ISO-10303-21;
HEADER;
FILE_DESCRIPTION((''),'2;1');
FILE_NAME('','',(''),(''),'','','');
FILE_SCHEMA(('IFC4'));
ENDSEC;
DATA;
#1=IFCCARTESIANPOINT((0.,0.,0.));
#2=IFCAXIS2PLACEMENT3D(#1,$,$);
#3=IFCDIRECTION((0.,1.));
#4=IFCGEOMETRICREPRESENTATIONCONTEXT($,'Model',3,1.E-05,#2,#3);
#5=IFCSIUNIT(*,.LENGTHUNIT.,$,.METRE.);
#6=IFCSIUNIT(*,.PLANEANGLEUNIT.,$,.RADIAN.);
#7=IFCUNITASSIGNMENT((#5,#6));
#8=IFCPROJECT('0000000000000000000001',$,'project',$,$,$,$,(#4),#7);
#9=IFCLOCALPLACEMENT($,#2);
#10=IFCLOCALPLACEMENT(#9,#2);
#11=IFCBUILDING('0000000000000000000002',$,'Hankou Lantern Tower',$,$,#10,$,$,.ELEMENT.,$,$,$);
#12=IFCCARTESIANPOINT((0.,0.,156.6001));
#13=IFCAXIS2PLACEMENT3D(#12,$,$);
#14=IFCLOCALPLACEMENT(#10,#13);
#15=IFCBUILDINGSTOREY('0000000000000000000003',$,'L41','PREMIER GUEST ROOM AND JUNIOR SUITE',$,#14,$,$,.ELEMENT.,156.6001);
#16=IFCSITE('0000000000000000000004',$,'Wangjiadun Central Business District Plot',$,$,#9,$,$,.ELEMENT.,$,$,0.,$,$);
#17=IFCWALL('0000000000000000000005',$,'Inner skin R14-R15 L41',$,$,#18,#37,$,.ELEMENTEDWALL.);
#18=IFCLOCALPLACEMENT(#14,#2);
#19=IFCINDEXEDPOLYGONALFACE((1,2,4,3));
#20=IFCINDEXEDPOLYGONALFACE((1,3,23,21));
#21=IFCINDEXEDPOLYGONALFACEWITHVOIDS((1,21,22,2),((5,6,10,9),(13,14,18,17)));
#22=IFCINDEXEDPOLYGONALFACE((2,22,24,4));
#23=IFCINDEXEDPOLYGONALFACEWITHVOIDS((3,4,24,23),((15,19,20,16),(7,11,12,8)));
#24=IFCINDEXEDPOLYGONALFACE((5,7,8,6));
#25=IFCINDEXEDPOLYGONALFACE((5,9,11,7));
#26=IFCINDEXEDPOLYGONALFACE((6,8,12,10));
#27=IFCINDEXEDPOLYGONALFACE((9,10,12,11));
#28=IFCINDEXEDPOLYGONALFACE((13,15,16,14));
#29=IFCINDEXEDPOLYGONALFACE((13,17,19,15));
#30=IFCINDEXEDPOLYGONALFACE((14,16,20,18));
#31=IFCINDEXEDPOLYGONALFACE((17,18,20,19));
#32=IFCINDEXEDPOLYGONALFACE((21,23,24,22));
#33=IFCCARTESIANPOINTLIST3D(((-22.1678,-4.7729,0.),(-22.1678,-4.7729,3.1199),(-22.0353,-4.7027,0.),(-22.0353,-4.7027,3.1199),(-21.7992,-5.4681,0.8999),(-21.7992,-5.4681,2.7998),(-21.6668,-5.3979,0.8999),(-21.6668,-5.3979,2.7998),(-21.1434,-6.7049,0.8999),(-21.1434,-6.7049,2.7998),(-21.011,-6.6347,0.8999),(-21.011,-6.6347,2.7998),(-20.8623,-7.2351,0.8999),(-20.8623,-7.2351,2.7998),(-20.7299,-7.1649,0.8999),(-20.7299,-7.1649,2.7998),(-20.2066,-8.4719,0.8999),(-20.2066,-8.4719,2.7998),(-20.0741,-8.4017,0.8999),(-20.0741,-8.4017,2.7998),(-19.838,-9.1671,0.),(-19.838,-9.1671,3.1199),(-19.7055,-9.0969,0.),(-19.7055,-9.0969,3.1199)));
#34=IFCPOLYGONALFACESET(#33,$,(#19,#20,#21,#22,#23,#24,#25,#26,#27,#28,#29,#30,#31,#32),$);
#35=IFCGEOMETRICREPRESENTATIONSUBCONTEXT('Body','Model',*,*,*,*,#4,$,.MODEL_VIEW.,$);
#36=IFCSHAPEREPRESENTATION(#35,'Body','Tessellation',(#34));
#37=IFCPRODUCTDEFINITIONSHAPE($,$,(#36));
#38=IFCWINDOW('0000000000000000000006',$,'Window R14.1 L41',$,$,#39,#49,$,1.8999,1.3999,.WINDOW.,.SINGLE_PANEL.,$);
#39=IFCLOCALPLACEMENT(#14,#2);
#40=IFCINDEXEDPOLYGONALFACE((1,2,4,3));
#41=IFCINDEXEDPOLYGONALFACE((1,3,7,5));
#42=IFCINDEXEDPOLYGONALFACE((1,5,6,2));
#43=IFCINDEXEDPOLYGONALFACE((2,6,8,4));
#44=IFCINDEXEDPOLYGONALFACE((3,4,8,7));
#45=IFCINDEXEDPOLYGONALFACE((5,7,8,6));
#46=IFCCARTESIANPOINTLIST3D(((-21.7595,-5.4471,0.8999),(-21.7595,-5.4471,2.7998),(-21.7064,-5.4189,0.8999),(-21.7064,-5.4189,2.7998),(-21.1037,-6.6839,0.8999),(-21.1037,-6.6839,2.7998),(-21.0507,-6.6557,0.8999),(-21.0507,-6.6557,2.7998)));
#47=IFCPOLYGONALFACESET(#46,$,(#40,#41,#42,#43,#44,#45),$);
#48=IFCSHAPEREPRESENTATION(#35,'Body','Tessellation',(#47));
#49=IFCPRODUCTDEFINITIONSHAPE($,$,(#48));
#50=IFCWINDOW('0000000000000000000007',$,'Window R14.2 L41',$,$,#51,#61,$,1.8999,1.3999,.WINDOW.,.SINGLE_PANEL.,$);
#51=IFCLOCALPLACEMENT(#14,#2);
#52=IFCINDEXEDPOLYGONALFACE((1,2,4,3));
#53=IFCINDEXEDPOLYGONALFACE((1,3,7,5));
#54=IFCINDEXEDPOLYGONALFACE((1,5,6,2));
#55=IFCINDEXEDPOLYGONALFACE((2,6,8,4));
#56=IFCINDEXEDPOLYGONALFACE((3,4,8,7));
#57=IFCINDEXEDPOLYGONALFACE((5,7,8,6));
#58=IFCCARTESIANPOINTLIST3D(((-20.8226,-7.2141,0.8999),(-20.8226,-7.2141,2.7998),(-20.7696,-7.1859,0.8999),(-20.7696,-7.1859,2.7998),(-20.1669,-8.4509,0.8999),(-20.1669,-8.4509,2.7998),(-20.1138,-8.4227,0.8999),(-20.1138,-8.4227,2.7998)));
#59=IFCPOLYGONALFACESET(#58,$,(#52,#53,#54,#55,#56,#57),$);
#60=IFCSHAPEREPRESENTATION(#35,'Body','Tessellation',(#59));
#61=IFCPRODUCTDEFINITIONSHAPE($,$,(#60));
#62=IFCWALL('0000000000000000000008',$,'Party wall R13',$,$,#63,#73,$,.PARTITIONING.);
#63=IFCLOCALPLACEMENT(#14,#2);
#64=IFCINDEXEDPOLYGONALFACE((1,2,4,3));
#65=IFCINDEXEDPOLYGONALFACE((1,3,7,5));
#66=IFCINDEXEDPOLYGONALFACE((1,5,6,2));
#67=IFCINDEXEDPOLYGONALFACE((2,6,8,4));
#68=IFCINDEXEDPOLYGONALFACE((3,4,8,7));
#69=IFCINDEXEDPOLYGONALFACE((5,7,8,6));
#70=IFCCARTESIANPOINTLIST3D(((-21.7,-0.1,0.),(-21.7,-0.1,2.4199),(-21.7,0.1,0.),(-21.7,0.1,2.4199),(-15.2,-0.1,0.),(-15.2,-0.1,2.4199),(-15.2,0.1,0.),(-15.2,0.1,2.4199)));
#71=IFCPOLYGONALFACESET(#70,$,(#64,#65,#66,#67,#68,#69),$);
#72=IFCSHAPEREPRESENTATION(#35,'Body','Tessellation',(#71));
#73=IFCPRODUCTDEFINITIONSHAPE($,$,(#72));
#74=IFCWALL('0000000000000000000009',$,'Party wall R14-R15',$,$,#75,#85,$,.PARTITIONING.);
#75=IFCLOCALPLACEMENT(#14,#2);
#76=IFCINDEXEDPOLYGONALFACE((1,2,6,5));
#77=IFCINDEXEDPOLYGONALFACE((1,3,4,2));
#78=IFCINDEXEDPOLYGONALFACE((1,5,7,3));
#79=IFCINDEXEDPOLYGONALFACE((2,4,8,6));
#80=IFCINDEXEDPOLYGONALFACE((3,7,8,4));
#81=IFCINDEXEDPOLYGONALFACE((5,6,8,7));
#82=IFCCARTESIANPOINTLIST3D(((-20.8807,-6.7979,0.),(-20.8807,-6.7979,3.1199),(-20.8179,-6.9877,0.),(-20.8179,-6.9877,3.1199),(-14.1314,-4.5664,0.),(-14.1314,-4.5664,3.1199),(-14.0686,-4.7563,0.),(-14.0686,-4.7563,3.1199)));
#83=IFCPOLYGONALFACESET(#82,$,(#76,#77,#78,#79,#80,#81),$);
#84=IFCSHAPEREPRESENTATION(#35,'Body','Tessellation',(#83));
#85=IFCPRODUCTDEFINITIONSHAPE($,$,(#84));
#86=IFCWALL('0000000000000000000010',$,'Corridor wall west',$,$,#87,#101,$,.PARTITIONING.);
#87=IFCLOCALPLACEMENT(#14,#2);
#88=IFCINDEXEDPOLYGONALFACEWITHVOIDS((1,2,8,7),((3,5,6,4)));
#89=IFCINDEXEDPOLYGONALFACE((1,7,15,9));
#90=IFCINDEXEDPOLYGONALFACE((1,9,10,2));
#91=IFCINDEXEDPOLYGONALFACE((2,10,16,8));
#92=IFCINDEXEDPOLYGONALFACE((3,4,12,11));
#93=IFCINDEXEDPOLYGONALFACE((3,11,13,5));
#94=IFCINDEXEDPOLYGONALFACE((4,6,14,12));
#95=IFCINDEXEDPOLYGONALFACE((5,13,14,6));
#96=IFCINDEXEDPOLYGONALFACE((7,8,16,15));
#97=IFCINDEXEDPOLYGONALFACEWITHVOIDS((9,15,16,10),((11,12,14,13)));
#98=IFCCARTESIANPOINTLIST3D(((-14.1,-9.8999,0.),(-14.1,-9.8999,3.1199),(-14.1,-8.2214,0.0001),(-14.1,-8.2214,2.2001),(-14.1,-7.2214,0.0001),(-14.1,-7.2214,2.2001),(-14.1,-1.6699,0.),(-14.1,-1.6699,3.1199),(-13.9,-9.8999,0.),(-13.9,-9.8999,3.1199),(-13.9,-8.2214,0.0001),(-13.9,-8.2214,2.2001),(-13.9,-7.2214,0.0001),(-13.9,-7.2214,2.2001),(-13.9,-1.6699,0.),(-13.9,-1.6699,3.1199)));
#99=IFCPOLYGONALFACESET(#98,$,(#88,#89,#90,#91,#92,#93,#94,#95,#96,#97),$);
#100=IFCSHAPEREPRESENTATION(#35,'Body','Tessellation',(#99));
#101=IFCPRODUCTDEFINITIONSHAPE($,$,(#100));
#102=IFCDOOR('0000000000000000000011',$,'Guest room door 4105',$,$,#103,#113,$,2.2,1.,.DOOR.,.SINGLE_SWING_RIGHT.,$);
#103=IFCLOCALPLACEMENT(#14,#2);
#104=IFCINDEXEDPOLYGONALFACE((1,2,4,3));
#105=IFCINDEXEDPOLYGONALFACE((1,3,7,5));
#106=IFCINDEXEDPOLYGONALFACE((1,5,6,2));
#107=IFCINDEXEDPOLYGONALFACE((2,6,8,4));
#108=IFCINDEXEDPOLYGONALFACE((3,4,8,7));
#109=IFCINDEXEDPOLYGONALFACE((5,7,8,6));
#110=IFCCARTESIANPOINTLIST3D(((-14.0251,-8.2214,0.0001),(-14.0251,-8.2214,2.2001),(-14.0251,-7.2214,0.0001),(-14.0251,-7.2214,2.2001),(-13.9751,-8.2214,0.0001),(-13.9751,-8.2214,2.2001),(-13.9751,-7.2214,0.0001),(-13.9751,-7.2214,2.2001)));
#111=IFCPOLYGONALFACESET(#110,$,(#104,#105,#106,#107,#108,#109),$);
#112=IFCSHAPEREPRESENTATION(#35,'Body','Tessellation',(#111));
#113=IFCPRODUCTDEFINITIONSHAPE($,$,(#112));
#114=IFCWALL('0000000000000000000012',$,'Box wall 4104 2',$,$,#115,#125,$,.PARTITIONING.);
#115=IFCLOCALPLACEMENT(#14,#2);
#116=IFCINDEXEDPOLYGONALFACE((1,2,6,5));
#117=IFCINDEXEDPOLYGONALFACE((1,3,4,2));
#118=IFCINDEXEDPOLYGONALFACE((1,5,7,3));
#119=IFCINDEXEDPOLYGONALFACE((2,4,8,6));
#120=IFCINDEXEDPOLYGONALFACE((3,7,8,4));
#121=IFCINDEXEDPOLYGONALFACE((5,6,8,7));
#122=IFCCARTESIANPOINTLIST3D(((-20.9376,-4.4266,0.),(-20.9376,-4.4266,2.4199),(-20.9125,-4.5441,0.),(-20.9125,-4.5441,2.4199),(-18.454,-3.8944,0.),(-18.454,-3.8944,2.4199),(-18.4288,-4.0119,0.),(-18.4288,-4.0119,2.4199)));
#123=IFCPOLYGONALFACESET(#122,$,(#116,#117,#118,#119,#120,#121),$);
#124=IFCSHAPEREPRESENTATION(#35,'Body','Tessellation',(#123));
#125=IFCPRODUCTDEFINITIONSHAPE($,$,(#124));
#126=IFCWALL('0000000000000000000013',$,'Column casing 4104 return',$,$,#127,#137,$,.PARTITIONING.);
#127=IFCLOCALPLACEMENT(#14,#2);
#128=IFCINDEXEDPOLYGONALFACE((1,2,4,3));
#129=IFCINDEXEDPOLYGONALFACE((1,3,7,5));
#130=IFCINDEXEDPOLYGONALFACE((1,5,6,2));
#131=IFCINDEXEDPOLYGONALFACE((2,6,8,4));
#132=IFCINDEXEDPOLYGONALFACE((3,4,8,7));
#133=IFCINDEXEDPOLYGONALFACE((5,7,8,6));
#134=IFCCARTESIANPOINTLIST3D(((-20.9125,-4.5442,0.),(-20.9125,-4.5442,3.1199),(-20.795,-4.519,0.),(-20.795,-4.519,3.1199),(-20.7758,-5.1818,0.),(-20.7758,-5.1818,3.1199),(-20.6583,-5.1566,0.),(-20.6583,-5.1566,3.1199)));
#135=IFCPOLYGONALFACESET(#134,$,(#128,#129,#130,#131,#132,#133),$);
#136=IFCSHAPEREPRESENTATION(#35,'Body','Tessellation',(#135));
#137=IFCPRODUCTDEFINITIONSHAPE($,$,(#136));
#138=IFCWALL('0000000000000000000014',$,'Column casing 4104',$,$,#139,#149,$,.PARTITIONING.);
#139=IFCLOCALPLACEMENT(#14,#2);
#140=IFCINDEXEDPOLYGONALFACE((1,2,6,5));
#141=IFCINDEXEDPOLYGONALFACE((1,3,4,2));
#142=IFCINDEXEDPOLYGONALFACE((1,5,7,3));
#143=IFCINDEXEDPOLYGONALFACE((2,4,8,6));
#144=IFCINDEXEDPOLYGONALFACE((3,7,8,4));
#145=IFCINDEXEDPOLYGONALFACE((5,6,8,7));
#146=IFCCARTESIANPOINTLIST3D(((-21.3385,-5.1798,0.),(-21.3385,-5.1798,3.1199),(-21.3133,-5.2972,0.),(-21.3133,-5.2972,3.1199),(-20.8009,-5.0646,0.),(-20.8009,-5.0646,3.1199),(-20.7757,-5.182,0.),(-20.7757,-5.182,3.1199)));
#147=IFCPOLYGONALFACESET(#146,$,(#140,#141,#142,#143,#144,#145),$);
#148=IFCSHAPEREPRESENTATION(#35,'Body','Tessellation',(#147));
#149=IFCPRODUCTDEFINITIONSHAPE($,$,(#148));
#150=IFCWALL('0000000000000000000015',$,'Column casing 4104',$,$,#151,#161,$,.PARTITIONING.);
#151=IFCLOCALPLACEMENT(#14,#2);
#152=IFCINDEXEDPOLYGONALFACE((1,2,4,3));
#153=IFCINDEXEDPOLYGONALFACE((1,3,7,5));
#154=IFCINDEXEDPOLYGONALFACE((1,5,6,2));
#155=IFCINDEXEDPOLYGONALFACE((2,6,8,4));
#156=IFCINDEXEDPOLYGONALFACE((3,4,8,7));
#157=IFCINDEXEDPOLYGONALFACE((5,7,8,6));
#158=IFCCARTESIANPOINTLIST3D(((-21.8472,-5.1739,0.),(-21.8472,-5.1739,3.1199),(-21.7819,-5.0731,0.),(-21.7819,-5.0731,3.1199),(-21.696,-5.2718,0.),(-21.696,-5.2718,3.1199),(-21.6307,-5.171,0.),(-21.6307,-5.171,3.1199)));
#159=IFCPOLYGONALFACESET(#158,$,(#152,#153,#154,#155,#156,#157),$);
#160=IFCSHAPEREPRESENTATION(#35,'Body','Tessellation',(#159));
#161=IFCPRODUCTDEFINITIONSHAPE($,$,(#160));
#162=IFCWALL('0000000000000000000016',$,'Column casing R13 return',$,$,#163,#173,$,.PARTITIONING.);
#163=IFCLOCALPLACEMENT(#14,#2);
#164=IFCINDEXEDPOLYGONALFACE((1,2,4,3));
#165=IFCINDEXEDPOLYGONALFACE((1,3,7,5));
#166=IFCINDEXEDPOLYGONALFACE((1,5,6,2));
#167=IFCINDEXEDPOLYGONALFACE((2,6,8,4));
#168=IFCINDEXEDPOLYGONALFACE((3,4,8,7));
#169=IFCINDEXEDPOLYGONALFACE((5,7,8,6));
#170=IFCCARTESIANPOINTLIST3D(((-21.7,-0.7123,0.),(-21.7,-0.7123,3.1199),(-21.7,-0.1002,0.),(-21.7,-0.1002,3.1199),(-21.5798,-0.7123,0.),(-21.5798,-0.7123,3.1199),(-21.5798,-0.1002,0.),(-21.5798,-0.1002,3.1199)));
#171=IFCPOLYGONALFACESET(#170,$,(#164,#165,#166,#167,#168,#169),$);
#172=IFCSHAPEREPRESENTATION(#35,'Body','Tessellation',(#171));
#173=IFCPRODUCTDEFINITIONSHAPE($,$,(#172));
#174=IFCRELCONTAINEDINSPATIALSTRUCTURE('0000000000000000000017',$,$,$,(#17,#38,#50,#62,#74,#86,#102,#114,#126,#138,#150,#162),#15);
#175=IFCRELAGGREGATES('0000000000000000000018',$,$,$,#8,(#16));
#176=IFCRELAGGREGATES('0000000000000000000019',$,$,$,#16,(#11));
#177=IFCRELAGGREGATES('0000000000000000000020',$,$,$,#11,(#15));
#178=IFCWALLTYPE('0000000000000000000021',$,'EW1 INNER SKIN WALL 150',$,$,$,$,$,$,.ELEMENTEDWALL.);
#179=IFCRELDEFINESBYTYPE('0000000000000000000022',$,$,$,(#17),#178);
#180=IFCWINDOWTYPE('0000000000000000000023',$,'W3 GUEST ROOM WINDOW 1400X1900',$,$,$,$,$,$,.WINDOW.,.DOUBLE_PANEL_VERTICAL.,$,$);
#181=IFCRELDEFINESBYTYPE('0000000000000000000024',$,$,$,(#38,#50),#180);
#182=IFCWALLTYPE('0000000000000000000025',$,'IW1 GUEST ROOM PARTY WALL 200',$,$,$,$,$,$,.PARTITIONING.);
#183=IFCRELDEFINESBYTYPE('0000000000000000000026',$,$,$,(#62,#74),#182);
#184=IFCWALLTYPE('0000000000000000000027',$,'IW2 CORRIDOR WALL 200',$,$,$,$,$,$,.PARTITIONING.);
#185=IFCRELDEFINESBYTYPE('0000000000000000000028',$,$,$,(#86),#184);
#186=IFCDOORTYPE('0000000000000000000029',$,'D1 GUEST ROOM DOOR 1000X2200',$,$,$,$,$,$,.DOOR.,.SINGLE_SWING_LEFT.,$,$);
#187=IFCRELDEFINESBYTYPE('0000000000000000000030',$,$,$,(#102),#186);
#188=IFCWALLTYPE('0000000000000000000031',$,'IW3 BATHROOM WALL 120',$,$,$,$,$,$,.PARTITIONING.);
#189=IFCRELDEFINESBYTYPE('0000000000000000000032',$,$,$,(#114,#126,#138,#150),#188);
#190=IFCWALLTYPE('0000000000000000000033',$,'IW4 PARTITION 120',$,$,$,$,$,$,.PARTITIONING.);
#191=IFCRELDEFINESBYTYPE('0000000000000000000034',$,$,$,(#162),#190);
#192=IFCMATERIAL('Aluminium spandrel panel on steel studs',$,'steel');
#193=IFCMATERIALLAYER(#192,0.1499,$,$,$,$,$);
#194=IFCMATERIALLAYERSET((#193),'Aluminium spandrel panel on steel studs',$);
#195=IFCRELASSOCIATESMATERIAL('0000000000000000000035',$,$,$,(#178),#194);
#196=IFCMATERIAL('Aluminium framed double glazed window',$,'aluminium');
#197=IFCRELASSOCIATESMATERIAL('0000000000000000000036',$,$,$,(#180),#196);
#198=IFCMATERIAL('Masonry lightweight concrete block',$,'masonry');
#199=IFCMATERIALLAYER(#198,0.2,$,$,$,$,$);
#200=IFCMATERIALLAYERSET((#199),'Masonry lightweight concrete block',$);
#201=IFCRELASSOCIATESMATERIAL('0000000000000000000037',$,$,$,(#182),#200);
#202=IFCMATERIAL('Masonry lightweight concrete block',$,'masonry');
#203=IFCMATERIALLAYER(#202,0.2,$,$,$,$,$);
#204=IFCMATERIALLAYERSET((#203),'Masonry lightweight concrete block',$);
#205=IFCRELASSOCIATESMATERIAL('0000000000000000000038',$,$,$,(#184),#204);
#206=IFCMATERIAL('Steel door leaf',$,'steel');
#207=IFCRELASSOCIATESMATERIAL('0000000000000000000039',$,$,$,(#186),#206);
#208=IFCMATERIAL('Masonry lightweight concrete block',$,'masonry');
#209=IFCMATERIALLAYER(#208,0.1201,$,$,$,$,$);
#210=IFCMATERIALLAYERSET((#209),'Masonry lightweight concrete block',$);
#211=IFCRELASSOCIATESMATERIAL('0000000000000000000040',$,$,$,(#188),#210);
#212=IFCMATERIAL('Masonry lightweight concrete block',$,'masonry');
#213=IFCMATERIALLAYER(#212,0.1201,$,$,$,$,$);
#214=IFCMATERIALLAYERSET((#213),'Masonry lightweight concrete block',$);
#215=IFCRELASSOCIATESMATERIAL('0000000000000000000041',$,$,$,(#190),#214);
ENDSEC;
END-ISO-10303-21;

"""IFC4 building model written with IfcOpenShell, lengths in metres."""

from ifc_helpers import new_model, si_unit, direction, frame, frame_2d, origin, place, context, subcontext, project, spatial, rectangle, extrude, material, layer, layer_set, type_object, element, fill, save


model = new_model("IFC4")

# Units and contexts
model_context = context("Model", 3, precision=1e-05, world=origin(), true_north=direction((0.0, 1.0)))
body_context = subcontext(model_context, "Body", "Model", "MODEL_VIEW")
ifc_project = project(units=[si_unit("LENGTHUNIT", "METRE"), si_unit("PLANEANGLEUNIT", "RADIAN")], contexts=[model_context])

# Site, building, storey
site_placement = place(None, origin())
site = spatial("IfcSite", under=ifc_project, at=site_placement, Name="Wangjiadun Central Business District Plot", CompositionType="ELEMENT", RefElevation=0.0)
building_placement = place(site_placement, origin())
building = spatial("IfcBuilding", under=site, at=building_placement, Name="Hankou Lantern Tower", CompositionType="ELEMENT")
storey_placement = place(building_placement, frame((0.0, 0.0, 156.6001)))
storey = spatial("IfcBuildingStorey", under=building, at=storey_placement, Name="L41", Description="PREMIER GUEST ROOM AND JUNIOR SUITE", CompositionType="ELEMENT", Elevation=156.6001)

# Wall, openings, windows
ifc_material_1 = material(Name="Aluminium spandrel panel on steel studs", Category="steel")
ifc_layer_1 = layer(ifc_material_1, 0.1499)
ifc_layer_set_1 = layer_set([ifc_layer_1], Name="Aluminium spandrel panel on steel studs")
wall_type_1 = type_object("IfcWallType", Name="EW1 INNER SKIN WALL 150", PredefinedType="ELEMENTEDWALL", material=ifc_layer_set_1)
ifc_material_2 = material(Name="Aluminium framed double glazed window", Category="aluminium")
window_type = type_object("IfcWindowType", Name="W3 GUEST ROOM WINDOW 1400X1900", PartitioningType="DOUBLE_PANEL_VERTICAL", PredefinedType="WINDOW", material=ifc_material_2)
wall_1_placement = place(storey_placement, frame((-22.1016, -4.7378, 0.0), z_axis=(0.0, 0.0, 1.0), x_axis=(0.468429, -0.883501, 0.0)))
wall_1 = element("IfcWall", 1, at=wall_1_placement, inside=storey, type_object=wall_type_1, Name="Inner skin R14-R15 L41", PredefinedType="ELEMENTEDWALL", context=body_context, shape_type="SweptSolid", body=[
    extrude(rectangle(XDim=4.9736, YDim=0.1499, at=frame_2d((2.4868, 0.0))), origin(), (0.0, 0.0, 1.0), 3.1199),
])
opening_1_placement = place(wall_1_placement, frame((0.7869, 0.0, 0.8999)))
opening_1 = element("IfcOpeningElement", 2, at=opening_1_placement, cuts=wall_1, PredefinedType="OPENING", context=body_context, shape_type="SweptSolid", body=[
    extrude(rectangle(XDim=1.3999, YDim=1.8999, at=frame_2d((0.7, 0.95))), frame((0.0, 0.085, 0.0), z_axis=(0.0, -1.0, 0.0), x_axis=(1.0, 0.0, 0.0)), (0.0, 0.0, 1.0), 0.1699),
])
opening_2_placement = place(wall_1_placement, frame((2.7869, 0.0, 0.8999)))
opening_2 = element("IfcOpeningElement", 3, at=opening_2_placement, cuts=wall_1, PredefinedType="OPENING", context=body_context, shape_type="SweptSolid", body=[
    extrude(rectangle(XDim=1.3999, YDim=1.8999, at=frame_2d((0.7, 0.95))), frame((0.0, 0.085, 0.0), z_axis=(0.0, -1.0, 0.0), x_axis=(1.0, 0.0, 0.0)), (0.0, 0.0, 1.0), 0.1699),
])
window_1_placement = place(opening_1_placement, origin())
window_1 = element("IfcWindow", 4, at=window_1_placement, inside=storey, type_object=window_type, Name="Window R14.1 L41", OverallHeight=1.8999, OverallWidth=1.3999, PartitioningType="SINGLE_PANEL", PredefinedType="WINDOW", context=body_context, shape_type="SweptSolid", body=[
    extrude(rectangle(XDim=1.3999, YDim=1.8999, at=frame_2d((0.7, 0.95))), frame((0.0, 0.03, 0.0), z_axis=(0.0, -1.0, 0.0), x_axis=(1.0, 0.0, 0.0)), (0.0, 0.0, 1.0), 0.0601),
])
fill(opening_1, window_1)
window_2_placement = place(opening_2_placement, origin())
window_2 = element("IfcWindow", 5, at=window_2_placement, inside=storey, type_object=window_type, Name="Window R14.2 L41", OverallHeight=1.8999, OverallWidth=1.3999, PartitioningType="SINGLE_PANEL", PredefinedType="WINDOW", context=body_context, shape_type="SweptSolid", body=[
    extrude(rectangle(XDim=1.3999, YDim=1.8999, at=frame_2d((0.7, 0.95))), frame((0.0, 0.03, 0.0), z_axis=(0.0, -1.0, 0.0), x_axis=(1.0, 0.0, 0.0)), (0.0, 0.0, 1.0), 0.0601),
])
fill(opening_2, window_2)

# Walls
ifc_material_3 = material(Name="Masonry lightweight concrete block", Category="masonry")
ifc_layer_2 = layer(ifc_material_3, 0.2)
ifc_layer_set_2 = layer_set([ifc_layer_2], Name="Masonry lightweight concrete block")
wall_type_2 = type_object("IfcWallType", Name="IW1 GUEST ROOM PARTY WALL 200", PredefinedType="PARTITIONING", material=ifc_layer_set_2)
wall_2_placement = place(storey_placement, frame((-15.2, 0.0, 0.0), z_axis=(0.0, 0.0, 1.0), x_axis=(-1.0, 0.0, 0.0)))
element("IfcWall", 6, at=wall_2_placement, inside=storey, type_object=wall_type_2, Name="Party wall R13", PredefinedType="PARTITIONING", context=body_context, shape_type="SweptSolid", body=[
    extrude(rectangle(XDim=6.5, YDim=0.2, at=frame_2d((3.25, 0.0))), origin(), (0.0, 0.0, 1.0), 2.4199),
])
wall_3_placement = place(storey_placement, frame((-14.1001, -4.6614, 0.0), z_axis=(0.0, 0.0, 1.0), x_axis=(-0.949453, -0.313909, 0.0)))
element("IfcWall", 7, at=wall_3_placement, inside=storey, type_object=wall_type_2, Name="Party wall R14-R15", PredefinedType="PARTITIONING", context=body_context, shape_type="SweptSolid", body=[
    extrude(rectangle(XDim=7.1086, YDim=0.2, at=frame_2d((3.5542, 0.0))), origin(), (0.0, 0.0, 1.0), 3.1199),
])

# Wall, opening, door
ifc_material_4 = material(Name="Masonry lightweight concrete block", Category="masonry")
ifc_layer_3 = layer(ifc_material_4, 0.2)
ifc_layer_set_3 = layer_set([ifc_layer_3], Name="Masonry lightweight concrete block")
wall_type_3 = type_object("IfcWallType", Name="IW2 CORRIDOR WALL 200", PredefinedType="PARTITIONING", material=ifc_layer_set_3)
wall_4_placement = place(storey_placement, frame((-14.0, -1.6699, 0.0), z_axis=(0.0, 0.0, 1.0), x_axis=(0.0, -1.0, 0.0)))
wall_4 = element("IfcWall", 8, at=wall_4_placement, inside=storey, type_object=wall_type_3, Name="Corridor wall west", PredefinedType="PARTITIONING", context=body_context, shape_type="SweptSolid", body=[
    extrude(rectangle(XDim=8.23, YDim=0.2, at=frame_2d((4.115, 0.0))), origin(), (0.0, 0.0, 1.0), 3.1199),
])
opening_3_placement = place(wall_4_placement, frame((5.5515, 0.0, 0.0)))
opening_3 = element("IfcOpeningElement", 9, at=opening_3_placement, cuts=wall_4, PredefinedType="OPENING", context=body_context, shape_type="SweptSolid", body=[
    extrude(rectangle(XDim=1.0, YDim=2.2, at=frame_2d((0.5, 1.1001))), frame((0.0, 0.1099, 0.0), z_axis=(0.0, -1.0, 0.0), x_axis=(1.0, 0.0, 0.0)), (0.0, 0.0, 1.0), 0.22),
])
ifc_material_5 = material(Name="Steel door leaf", Category="steel")
door_type = type_object("IfcDoorType", Name="D1 GUEST ROOM DOOR 1000X2200", OperationType="SINGLE_SWING_LEFT", PredefinedType="DOOR", material=ifc_material_5)
door_placement = place(opening_3_placement, origin())
door = element("IfcDoor", 10, at=door_placement, inside=storey, type_object=door_type, Name="Guest room door 4105", OperationType="SINGLE_SWING_RIGHT", OverallHeight=2.2, OverallWidth=1.0, PredefinedType="DOOR", context=body_context, shape_type="SweptSolid", body=[
    extrude(rectangle(XDim=1.0, YDim=2.2, at=frame_2d((0.5, 1.1001))), frame((0.0, 0.0249, 0.0), z_axis=(0.0, -1.0, 0.0), x_axis=(1.0, 0.0, 0.0)), (0.0, 0.0, 1.0), 0.05),
])
fill(opening_3, door)

# Walls
ifc_material_6 = material(Name="Masonry lightweight concrete block", Category="masonry")
ifc_layer_4 = layer(ifc_material_6, 0.1201)
ifc_layer_set_4 = layer_set([ifc_layer_4], Name="Masonry lightweight concrete block")
wall_type_4 = type_object("IfcWallType", Name="IW3 BATHROOM WALL 120", PredefinedType="PARTITIONING", material=ifc_layer_set_4)
wall_5_placement = place(storey_placement, frame((-18.4414, -3.9531, 0.0), z_axis=(0.0, 0.0, 1.0), x_axis=(-0.977801, -0.209536, 0.0)))
element("IfcWall", 11, at=wall_5_placement, inside=storey, type_object=wall_type_4, Name="Box wall 4104 2", PredefinedType="PARTITIONING", context=body_context, shape_type="SweptSolid", body=[
    extrude(rectangle(XDim=2.54, YDim=0.1201, at=frame_2d((1.27, 0.0))), origin(), (0.0, 0.0, 1.0), 2.4199),
])
wall_6_placement = place(storey_placement, frame((-20.8538, -4.5315, 0.0), z_axis=(0.0, 0.0, 1.0), x_axis=(0.209631, -0.97778, 0.0)))
element("IfcWall", 12, at=wall_6_placement, inside=storey, type_object=wall_type_4, Name="Column casing 4104 return", PredefinedType="PARTITIONING", context=body_context, shape_type="SweptSolid", body=[
    extrude(rectangle(XDim=0.6521, YDim=0.1201, at=frame_2d((0.3262, 0.0))), origin(), (0.0, 0.0, 1.0), 3.1199),
])
wall_7_placement = place(storey_placement, frame((-20.7883, -5.1233, 0.0), z_axis=(0.0, 0.0, 1.0), x_axis=(-0.977789, -0.20959, 0.0)))
element("IfcWall", 13, at=wall_7_placement, inside=storey, type_object=wall_type_4, Name="Column casing 4104", PredefinedType="PARTITIONING", context=body_context, shape_type="SweptSolid", body=[
    extrude(rectangle(XDim=0.5498, YDim=0.1201, at=frame_2d((0.2749, 0.0))), origin(), (0.0, 0.0, 1.0), 3.1199),
])
wall_8_placement = place(storey_placement, frame((-21.6633, -5.2214, 0.0), z_axis=(0.0, 0.0, 1.0), x_axis=(-0.839279, 0.543701, 0.0)))
element("IfcWall", 14, at=wall_8_placement, inside=storey, type_object=wall_type_4, Name="Column casing 4104", PredefinedType="PARTITIONING", context=body_context, shape_type="SweptSolid", body=[
    extrude(rectangle(XDim=0.1802, YDim=0.1201, at=frame_2d((0.0901, 0.0))), origin(), (0.0, 0.0, 1.0), 3.1199),
])
ifc_material_7 = material(Name="Masonry lightweight concrete block", Category="masonry")
ifc_layer_5 = layer(ifc_material_7, 0.1201)
ifc_layer_set_5 = layer_set([ifc_layer_5], Name="Masonry lightweight concrete block")
wall_type_5 = type_object("IfcWallType", Name="IW4 PARTITION 120", PredefinedType="PARTITIONING", material=ifc_layer_set_5)
wall_9_placement = place(storey_placement, frame((-21.6399, -0.1001, 0.0), z_axis=(0.0, 0.0, 1.0), x_axis=(0.0, -1.0, 0.0)))
element("IfcWall", 15, at=wall_9_placement, inside=storey, type_object=wall_type_5, Name="Column casing R13 return", PredefinedType="PARTITIONING", context=body_context, shape_type="SweptSolid", body=[
    extrude(rectangle(XDim=0.6121, YDim=0.1201, at=frame_2d((0.3062, 0.0))), origin(), (0.0, 0.0, 1.0), 3.1199),
])

save(model, "model.ifc")
